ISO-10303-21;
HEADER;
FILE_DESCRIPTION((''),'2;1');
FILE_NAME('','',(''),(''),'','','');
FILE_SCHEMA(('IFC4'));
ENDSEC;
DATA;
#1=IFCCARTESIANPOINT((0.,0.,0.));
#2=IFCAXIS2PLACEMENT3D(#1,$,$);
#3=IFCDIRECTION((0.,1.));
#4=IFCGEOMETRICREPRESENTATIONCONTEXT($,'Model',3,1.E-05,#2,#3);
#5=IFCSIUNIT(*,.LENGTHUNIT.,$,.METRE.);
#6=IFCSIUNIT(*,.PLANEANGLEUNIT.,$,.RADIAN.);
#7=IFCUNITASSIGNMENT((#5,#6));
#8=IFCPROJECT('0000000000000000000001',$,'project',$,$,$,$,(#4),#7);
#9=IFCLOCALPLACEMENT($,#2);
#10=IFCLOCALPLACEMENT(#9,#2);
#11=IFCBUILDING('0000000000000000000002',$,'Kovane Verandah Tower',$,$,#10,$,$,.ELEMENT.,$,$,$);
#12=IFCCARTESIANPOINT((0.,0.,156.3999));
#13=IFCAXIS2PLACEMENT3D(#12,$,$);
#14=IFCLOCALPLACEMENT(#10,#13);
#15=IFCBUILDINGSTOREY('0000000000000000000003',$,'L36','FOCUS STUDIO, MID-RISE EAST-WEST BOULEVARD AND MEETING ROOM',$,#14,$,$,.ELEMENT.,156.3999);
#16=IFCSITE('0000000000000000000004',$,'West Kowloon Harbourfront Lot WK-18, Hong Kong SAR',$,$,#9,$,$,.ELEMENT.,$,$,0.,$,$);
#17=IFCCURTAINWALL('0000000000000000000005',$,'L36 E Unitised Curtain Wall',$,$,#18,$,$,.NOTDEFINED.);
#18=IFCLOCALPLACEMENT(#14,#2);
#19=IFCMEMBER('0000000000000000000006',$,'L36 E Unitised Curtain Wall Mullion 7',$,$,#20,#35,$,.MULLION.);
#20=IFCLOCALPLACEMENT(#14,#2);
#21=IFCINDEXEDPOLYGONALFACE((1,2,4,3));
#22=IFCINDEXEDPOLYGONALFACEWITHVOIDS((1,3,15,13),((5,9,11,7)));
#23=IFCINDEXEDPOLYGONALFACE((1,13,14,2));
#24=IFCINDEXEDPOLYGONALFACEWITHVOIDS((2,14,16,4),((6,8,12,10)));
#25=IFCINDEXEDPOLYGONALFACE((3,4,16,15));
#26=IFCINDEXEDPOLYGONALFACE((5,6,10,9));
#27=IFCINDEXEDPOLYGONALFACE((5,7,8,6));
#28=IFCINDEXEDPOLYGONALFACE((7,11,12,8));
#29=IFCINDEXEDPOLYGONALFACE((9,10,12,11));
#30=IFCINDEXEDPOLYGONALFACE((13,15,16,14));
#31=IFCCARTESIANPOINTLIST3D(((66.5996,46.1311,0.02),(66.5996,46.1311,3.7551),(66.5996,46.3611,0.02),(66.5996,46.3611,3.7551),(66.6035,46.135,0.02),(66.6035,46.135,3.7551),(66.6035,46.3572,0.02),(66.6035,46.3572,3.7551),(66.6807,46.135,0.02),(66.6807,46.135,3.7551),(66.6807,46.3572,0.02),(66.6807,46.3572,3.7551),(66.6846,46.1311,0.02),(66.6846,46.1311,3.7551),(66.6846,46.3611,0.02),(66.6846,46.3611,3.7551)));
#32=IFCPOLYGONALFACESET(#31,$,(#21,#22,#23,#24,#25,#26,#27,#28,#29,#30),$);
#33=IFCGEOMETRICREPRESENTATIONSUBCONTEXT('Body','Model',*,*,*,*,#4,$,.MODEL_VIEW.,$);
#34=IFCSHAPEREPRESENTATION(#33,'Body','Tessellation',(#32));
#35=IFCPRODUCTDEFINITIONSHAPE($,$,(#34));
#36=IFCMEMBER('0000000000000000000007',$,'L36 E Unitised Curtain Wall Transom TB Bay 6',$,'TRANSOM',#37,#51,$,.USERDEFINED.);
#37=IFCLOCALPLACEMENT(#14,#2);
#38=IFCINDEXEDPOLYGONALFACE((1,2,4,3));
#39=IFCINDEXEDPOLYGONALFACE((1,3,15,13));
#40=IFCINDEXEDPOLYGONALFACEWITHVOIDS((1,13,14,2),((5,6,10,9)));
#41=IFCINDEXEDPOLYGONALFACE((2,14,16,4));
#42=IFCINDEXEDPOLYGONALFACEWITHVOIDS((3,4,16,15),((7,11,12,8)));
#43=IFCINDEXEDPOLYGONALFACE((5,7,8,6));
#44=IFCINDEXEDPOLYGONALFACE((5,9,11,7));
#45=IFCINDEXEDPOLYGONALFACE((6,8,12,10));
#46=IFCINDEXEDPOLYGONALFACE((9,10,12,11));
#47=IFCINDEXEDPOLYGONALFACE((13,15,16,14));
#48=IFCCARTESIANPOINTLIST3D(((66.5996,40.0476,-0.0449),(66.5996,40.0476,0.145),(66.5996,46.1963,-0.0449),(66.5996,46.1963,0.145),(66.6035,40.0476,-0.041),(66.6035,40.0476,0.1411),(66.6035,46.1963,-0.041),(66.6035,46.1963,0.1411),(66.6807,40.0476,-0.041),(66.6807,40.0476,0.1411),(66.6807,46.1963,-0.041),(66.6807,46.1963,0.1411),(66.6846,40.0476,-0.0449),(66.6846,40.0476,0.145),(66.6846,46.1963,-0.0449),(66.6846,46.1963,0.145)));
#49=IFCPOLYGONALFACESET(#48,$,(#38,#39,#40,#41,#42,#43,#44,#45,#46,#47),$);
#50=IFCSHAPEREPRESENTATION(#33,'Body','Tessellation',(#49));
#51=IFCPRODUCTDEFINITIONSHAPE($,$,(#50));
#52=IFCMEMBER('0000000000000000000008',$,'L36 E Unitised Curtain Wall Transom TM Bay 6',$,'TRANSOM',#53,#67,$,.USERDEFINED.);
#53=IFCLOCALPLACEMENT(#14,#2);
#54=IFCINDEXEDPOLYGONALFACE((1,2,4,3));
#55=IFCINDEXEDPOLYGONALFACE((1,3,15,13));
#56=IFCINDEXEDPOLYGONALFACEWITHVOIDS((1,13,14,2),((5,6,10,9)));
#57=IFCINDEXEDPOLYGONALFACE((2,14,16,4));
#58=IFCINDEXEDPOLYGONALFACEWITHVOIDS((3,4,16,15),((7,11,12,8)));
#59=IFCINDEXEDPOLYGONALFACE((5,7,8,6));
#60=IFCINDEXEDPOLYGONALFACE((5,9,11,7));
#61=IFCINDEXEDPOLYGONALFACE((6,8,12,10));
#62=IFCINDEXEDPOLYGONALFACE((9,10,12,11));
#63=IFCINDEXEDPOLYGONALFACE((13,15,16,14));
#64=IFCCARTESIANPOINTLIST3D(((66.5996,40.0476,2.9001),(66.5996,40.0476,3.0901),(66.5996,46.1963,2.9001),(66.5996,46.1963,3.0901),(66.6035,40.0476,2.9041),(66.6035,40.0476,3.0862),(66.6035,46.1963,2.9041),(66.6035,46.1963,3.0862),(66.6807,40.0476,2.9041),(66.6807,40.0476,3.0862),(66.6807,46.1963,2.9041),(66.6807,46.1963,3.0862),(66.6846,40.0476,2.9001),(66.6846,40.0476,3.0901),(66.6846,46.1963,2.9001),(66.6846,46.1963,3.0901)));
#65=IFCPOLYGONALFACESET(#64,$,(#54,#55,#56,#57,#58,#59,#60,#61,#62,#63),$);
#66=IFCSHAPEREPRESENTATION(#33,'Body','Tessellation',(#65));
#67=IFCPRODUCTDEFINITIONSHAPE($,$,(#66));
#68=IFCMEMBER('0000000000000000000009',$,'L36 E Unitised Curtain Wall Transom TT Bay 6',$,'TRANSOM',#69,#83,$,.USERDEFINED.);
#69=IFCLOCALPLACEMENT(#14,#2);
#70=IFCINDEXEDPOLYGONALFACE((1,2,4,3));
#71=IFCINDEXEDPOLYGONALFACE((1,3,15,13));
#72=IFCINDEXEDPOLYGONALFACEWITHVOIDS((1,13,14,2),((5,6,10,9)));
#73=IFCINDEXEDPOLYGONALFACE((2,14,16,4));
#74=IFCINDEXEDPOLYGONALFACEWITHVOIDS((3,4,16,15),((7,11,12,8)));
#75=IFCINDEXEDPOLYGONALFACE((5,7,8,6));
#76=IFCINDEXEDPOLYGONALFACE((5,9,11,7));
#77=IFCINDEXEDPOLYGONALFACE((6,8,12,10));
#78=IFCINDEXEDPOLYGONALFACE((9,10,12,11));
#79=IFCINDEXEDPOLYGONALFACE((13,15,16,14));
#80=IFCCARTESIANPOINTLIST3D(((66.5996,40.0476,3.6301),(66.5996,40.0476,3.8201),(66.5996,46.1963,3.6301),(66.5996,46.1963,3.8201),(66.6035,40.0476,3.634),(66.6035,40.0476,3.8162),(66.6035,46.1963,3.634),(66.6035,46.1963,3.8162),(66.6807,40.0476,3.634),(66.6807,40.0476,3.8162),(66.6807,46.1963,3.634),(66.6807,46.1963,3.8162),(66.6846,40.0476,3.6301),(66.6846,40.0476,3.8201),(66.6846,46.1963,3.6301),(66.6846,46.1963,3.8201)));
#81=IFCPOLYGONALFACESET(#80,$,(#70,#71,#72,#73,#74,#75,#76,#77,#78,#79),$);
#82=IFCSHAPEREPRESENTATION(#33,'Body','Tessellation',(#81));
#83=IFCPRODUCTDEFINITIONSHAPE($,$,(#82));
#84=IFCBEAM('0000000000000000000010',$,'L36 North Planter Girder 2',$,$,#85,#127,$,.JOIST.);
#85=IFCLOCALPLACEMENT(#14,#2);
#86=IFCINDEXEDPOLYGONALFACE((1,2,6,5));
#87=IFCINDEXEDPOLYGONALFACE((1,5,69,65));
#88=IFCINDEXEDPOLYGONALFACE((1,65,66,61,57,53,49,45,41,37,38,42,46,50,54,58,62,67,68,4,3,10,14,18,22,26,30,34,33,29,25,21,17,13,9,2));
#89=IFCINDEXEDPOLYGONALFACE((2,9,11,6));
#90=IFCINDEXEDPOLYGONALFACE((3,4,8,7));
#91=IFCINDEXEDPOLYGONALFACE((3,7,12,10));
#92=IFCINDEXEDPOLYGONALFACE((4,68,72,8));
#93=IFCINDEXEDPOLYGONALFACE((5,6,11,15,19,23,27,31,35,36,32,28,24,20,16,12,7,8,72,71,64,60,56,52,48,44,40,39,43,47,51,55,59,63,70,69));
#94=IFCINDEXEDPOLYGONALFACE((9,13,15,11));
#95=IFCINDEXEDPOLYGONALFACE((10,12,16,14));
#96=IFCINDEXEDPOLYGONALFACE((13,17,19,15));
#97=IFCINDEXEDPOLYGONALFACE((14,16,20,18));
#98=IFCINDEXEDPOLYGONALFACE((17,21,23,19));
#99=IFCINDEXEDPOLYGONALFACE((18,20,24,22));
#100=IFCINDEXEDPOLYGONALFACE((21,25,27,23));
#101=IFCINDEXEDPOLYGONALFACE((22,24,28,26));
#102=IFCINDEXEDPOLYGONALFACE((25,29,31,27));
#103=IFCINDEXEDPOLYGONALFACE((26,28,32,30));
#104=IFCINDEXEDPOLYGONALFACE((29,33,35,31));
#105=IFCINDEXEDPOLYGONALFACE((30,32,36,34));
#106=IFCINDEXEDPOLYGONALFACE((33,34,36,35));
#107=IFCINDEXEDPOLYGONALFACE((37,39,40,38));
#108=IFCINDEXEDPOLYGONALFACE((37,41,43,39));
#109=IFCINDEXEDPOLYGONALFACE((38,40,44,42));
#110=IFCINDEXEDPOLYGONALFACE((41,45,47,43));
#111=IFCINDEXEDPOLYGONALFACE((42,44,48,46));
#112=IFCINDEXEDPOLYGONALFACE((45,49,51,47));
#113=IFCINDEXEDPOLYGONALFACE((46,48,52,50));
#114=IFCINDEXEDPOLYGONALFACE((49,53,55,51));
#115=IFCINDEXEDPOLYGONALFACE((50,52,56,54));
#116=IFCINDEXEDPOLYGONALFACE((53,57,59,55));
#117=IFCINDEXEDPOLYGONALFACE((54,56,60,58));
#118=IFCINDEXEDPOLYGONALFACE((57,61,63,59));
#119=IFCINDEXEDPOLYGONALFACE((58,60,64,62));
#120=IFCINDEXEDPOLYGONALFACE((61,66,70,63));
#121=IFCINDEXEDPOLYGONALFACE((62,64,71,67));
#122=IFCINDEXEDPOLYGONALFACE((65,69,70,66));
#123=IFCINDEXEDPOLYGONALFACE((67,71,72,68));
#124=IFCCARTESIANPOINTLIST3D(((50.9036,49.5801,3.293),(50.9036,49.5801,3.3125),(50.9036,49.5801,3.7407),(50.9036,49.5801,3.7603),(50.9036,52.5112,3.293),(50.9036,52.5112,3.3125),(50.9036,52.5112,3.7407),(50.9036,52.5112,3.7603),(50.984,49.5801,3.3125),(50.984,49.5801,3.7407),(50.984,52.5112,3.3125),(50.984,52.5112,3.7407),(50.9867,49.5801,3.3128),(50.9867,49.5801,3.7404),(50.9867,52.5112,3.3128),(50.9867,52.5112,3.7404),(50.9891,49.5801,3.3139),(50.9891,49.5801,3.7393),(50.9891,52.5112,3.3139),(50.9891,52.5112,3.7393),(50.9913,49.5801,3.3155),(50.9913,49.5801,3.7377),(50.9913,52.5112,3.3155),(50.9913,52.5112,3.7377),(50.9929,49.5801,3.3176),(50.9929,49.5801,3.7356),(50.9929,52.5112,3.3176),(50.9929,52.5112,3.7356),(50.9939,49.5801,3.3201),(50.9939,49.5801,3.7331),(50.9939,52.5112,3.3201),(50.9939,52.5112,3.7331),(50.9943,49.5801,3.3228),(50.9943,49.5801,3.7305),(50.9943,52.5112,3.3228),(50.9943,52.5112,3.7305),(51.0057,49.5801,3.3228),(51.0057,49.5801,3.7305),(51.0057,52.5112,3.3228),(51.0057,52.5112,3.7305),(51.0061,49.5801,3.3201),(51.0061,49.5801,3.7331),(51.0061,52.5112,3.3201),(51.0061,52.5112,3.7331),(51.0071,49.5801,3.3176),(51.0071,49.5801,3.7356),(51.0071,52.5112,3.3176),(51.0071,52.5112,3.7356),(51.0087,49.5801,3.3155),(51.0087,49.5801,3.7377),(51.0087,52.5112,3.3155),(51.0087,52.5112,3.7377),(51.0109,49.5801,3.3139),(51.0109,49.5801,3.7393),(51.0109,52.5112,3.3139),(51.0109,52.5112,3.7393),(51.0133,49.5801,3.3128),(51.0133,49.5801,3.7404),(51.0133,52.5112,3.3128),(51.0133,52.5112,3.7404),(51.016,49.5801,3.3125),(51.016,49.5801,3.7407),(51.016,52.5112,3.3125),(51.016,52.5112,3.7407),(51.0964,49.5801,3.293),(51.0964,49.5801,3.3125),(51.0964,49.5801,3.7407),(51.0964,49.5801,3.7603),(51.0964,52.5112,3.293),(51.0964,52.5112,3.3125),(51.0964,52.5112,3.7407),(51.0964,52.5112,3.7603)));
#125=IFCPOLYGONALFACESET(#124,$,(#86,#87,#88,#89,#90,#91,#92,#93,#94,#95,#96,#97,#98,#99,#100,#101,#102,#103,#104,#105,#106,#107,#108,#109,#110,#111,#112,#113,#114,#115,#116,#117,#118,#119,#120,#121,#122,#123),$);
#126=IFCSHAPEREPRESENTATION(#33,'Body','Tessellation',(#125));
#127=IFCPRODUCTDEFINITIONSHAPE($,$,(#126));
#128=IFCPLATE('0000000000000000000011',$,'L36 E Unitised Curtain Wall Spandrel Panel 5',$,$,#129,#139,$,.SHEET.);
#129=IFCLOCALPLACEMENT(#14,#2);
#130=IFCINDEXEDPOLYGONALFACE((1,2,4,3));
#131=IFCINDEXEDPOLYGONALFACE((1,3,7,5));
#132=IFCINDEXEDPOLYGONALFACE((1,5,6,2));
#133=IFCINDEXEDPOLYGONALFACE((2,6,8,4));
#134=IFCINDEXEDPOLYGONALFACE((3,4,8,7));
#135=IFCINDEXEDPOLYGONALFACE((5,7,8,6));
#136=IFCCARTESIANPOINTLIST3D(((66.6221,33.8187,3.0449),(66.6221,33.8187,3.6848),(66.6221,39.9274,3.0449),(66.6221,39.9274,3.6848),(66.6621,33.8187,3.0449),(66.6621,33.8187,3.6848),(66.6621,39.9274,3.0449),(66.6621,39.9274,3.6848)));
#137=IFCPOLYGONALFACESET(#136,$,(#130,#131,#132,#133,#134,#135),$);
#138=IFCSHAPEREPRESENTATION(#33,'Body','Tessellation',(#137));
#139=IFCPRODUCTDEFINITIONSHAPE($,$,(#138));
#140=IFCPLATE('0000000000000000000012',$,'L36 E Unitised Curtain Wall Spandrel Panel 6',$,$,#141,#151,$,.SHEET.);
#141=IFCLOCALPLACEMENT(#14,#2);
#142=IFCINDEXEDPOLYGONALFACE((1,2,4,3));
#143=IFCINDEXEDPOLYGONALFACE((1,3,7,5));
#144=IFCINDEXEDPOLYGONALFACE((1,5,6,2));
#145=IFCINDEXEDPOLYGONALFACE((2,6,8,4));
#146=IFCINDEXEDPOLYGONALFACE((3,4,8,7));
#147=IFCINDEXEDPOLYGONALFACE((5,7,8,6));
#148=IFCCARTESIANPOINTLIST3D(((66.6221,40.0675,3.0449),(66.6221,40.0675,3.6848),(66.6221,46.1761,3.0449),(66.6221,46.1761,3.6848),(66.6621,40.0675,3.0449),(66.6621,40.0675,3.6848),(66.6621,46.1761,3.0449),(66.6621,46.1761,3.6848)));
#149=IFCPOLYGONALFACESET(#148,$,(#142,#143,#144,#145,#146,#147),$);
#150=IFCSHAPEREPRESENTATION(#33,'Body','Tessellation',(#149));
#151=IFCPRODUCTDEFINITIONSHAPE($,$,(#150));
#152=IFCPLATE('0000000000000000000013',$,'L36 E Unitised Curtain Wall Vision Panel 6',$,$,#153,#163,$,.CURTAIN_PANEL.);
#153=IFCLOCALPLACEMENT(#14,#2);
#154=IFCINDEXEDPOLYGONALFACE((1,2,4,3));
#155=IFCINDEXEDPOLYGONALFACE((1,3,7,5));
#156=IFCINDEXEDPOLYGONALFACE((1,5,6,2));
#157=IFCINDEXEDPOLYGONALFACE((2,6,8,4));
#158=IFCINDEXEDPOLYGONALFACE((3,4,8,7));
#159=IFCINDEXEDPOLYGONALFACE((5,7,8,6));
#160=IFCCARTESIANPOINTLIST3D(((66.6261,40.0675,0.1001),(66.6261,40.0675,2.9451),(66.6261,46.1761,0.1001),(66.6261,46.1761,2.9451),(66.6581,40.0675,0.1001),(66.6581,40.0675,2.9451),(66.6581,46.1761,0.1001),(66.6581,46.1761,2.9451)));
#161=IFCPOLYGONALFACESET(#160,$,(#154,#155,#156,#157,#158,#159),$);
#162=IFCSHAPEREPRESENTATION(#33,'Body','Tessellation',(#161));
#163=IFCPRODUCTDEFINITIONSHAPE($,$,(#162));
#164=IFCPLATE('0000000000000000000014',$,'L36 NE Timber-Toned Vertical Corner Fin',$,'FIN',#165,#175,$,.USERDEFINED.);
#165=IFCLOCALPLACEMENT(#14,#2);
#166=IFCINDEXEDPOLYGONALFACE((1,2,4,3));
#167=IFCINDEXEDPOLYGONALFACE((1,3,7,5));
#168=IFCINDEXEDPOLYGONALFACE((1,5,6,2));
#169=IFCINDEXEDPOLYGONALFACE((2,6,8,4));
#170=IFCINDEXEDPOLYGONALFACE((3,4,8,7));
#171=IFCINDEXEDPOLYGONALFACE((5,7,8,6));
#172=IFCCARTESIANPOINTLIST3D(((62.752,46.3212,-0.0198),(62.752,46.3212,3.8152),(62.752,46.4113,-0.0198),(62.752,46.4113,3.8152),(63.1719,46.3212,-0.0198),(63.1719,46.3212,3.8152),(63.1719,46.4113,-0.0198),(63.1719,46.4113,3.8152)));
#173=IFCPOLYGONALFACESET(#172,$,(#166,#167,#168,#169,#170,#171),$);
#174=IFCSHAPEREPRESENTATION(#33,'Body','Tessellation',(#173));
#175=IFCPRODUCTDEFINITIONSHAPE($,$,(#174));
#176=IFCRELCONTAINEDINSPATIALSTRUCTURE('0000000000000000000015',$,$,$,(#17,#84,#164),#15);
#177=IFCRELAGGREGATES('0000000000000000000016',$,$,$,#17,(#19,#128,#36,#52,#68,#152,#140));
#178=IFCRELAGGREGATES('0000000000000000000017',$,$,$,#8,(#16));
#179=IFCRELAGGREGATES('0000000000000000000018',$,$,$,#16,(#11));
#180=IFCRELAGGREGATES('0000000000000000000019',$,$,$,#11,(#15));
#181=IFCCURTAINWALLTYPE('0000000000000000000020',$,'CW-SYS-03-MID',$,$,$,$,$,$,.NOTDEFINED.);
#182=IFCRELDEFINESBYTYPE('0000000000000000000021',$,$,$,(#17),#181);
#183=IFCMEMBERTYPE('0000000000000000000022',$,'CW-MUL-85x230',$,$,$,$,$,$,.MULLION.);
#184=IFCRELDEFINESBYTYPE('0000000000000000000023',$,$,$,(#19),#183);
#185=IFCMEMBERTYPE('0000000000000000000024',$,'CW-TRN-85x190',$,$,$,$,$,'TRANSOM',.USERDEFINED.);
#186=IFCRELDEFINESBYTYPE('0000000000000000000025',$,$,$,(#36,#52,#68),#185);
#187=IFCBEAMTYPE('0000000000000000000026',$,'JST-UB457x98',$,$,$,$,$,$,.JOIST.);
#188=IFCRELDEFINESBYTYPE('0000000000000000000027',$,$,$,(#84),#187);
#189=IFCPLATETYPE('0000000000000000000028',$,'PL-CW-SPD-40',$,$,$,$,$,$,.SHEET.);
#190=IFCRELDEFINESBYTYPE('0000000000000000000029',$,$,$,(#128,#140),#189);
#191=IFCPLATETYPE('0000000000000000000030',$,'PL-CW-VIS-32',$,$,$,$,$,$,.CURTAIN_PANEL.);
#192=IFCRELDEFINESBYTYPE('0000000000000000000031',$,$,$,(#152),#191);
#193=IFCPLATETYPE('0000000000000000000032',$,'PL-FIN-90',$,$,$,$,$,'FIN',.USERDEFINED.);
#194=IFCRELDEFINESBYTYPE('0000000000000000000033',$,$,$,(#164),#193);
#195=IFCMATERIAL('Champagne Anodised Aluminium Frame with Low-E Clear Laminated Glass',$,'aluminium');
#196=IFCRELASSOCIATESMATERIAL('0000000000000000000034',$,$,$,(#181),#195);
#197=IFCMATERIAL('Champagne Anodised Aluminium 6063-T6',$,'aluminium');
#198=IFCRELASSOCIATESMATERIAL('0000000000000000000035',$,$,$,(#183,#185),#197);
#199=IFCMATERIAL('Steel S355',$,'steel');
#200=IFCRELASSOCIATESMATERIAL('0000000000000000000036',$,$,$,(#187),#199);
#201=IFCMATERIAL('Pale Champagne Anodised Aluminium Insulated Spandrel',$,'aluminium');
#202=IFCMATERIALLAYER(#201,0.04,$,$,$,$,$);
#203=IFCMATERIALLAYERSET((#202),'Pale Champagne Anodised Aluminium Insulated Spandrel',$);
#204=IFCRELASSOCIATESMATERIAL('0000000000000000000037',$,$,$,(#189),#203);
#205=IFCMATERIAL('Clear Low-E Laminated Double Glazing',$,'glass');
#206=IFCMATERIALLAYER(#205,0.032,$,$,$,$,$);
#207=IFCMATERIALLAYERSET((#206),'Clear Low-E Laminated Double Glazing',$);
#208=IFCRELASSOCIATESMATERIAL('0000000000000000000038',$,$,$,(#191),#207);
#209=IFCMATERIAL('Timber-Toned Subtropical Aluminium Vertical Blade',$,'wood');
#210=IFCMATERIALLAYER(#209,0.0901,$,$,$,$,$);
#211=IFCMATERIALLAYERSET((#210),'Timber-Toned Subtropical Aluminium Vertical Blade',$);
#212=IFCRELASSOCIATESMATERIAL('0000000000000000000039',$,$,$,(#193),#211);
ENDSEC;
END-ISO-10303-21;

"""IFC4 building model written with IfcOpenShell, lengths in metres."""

from ifc_helpers import new_model, si_unit, direction, frame, origin, origin_2d, place, context, subcontext, project, spatial, rectangle, hollow_rectangle, i_section, extrude, material, layer, layer_set, material_profile, profile_set, type_object, element, aggregate, save


model = new_model("IFC4")

# Units and contexts
model_context = context("Model", 3, precision=1e-05, world=origin(), true_north=direction((0.0, 1.0)))
body_context = subcontext(model_context, "Body", "Model", "MODEL_VIEW")
ifc_project = project(units=[si_unit("LENGTHUNIT", "METRE"), si_unit("PLANEANGLEUNIT", "RADIAN")], contexts=[model_context])

# Site, building, storey
site_placement = place(None, origin())
site = spatial("IfcSite", under=ifc_project, at=site_placement, Name="West Kowloon Harbourfront Lot WK-18, Hong Kong SAR", CompositionType="ELEMENT", RefElevation=0.0)
building_placement = place(site_placement, origin())
building = spatial("IfcBuilding", under=site, at=building_placement, Name="Kovane Verandah Tower", CompositionType="ELEMENT")
storey_placement = place(building_placement, frame((0.0, 0.0, 156.3999)))
storey = spatial("IfcBuildingStorey", under=building, at=storey_placement, Name="L36", Description="FOCUS STUDIO, MID-RISE EAST-WEST BOULEVARD AND MEETING ROOM", CompositionType="ELEMENT", Elevation=156.3999)

# Shared definitions
ifc_material_1 = material(Name="Steel S355", Category="steel")

# Curtain wall, members
ifc_material_2 = material(Name="Champagne Anodised Aluminium Frame with Low-E Clear Laminated Glass", Category="aluminium")
curtain_wall_type = type_object("IfcCurtainWallType", Name="CW-SYS-03-MID", PredefinedType="NOTDEFINED", material=ifc_material_2)
curtain_wall_placement = place(storey_placement, origin())
curtain_wall = element("IfcCurtainWall", 1, at=curtain_wall_placement, inside=storey, type_object=curtain_wall_type, Name="L36 E Unitised Curtain Wall", PredefinedType="NOTDEFINED")
ifc_material_3 = material(Name="Champagne Anodised Aluminium 6063-T6", Category="aluminium")
ifc_material_profile_1 = material_profile(ifc_material_3, hollow_rectangle(XDim=0.085, YDim=0.23, WallThickness=0.0039, at=origin_2d()), Name="AL85x230x4")
ifc_profile_set_1 = profile_set([ifc_material_profile_1], Name="Champagne Anodised Aluminium 6063-T6")
member_type_1 = type_object("IfcMemberType", Name="CW-MUL-85x230", PredefinedType="MULLION", material=ifc_profile_set_1)
member_1_placement = place(storey_placement, frame((66.6421, 46.2461, 0.02), z_axis=(0.0, 0.0, 1.0), x_axis=(1.0, 0.0, 0.0)))
member_1 = element("IfcMember", 2, at=member_1_placement, type_object=member_type_1, Name="L36 E Unitised Curtain Wall Mullion 7", PredefinedType="MULLION", context=body_context, shape_type="SweptSolid", body=[
    extrude(hollow_rectangle(XDim=0.085, YDim=0.23, WallThickness=0.0039, at=origin_2d()), origin(), (0.0, 0.0, 1.0), 3.7351),
])
ifc_material_profile_2 = material_profile(ifc_material_3, hollow_rectangle(XDim=0.085, YDim=0.1899, WallThickness=0.0039, at=origin_2d()), Name="AL85x190x4")
ifc_profile_set_2 = profile_set([ifc_material_profile_2], Name="Champagne Anodised Aluminium 6063-T6")
member_type_2 = type_object("IfcMemberType", Name="CW-TRN-85x190", ElementType="TRANSOM", PredefinedType="USERDEFINED", material=ifc_profile_set_2)
member_2_placement = place(storey_placement, frame((66.6421, 40.0476, 0.05), z_axis=(0.0, 1.0, 0.0), x_axis=(-1.0, 0.0, 0.0)))
member_2 = element("IfcMember", 3, at=member_2_placement, type_object=member_type_2, Name="L36 E Unitised Curtain Wall Transom TB Bay 6", ObjectType="TRANSOM", PredefinedType="USERDEFINED", context=body_context, shape_type="SweptSolid", body=[
    extrude(hollow_rectangle(XDim=0.085, YDim=0.1899, WallThickness=0.0039, at=origin_2d()), origin(), (0.0, 0.0, 1.0), 6.1487),
])
member_3_placement = place(storey_placement, frame((66.6421, 40.0476, 2.9951), z_axis=(0.0, 1.0, 0.0), x_axis=(-1.0, 0.0, 0.0)))
member_3 = element("IfcMember", 4, at=member_3_placement, type_object=member_type_2, Name="L36 E Unitised Curtain Wall Transom TM Bay 6", ObjectType="TRANSOM", PredefinedType="USERDEFINED", context=body_context, shape_type="SweptSolid", body=[
    extrude(hollow_rectangle(XDim=0.085, YDim=0.1899, WallThickness=0.0039, at=origin_2d()), origin(), (0.0, 0.0, 1.0), 6.1487),
])
member_4_placement = place(storey_placement, frame((66.6421, 40.0476, 3.7251), z_axis=(0.0, 1.0, 0.0), x_axis=(-1.0, 0.0, 0.0)))
member_4 = element("IfcMember", 5, at=member_4_placement, type_object=member_type_2, Name="L36 E Unitised Curtain Wall Transom TT Bay 6", ObjectType="TRANSOM", PredefinedType="USERDEFINED", context=body_context, shape_type="SweptSolid", body=[
    extrude(hollow_rectangle(XDim=0.085, YDim=0.1899, WallThickness=0.0039, at=origin_2d()), origin(), (0.0, 0.0, 1.0), 6.1487),
])

# Beam
ifc_material_profile_3 = material_profile(ifc_material_1, i_section(OverallWidth=0.1929, OverallDepth=0.4673, WebThickness=0.0115, FlangeThickness=0.0195, FilletRadius=0.0103, at=origin_2d()), Name="UB457x191x98")
ifc_profile_set_3 = profile_set([ifc_material_profile_3], Name="Steel S355")
beam_type_1 = type_object("IfcBeamType", Name="JST-UB457x98", PredefinedType="JOIST", material=ifc_profile_set_3)
beam_1_placement = place(storey_placement, frame((51.0, 49.5801, 3.5266), z_axis=(0.0, 1.0, 0.0), x_axis=(-1.0, 0.0, 0.0)))
element("IfcBeam", 6, at=beam_1_placement, inside=storey, type_object=beam_type_1, Name="L36 North Planter Girder 2", PredefinedType="JOIST", context=body_context, shape_type="SweptSolid", body=[
    extrude(i_section(OverallWidth=0.1929, OverallDepth=0.4673, WebThickness=0.0115, FlangeThickness=0.0195, FilletRadius=0.0103, at=origin_2d()), origin(), (0.0, 0.0, 1.0), 2.9312),
])

# Plates
ifc_material_4 = material(Name="Pale Champagne Anodised Aluminium Insulated Spandrel", Category="aluminium")
ifc_layer_1 = layer(ifc_material_4, 0.04)
ifc_layer_set_1 = layer_set([ifc_layer_1], Name="Pale Champagne Anodised Aluminium Insulated Spandrel")
plate_type_1 = type_object("IfcPlateType", Name="PL-CW-SPD-40", PredefinedType="SHEET", material=ifc_layer_set_1)
plate_1_placement = place(storey_placement, frame((66.6421, 36.873, 3.0449), z_axis=(0.0, 0.0, 1.0), x_axis=(0.0, 1.0, 0.0)))
plate_1 = element("IfcPlate", 7, at=plate_1_placement, type_object=plate_type_1, Name="L36 E Unitised Curtain Wall Spandrel Panel 5", PredefinedType="SHEET", context=body_context, shape_type="SweptSolid", body=[
    extrude(rectangle(XDim=6.1086, YDim=0.04, at=origin_2d()), origin(), (0.0, 0.0, 1.0), 0.6399),
])
plate_2_placement = place(storey_placement, frame((66.6421, 43.1218, 3.0449), z_axis=(0.0, 0.0, 1.0), x_axis=(0.0, 1.0, 0.0)))
plate_2 = element("IfcPlate", 8, at=plate_2_placement, type_object=plate_type_1, Name="L36 E Unitised Curtain Wall Spandrel Panel 6", PredefinedType="SHEET", context=body_context, shape_type="SweptSolid", body=[
    extrude(rectangle(XDim=6.1086, YDim=0.04, at=origin_2d()), origin(), (0.0, 0.0, 1.0), 0.6399),
])
ifc_material_5 = material(Name="Clear Low-E Laminated Double Glazing", Category="glass")
ifc_layer_2 = layer(ifc_material_5, 0.032)
ifc_layer_set_2 = layer_set([ifc_layer_2], Name="Clear Low-E Laminated Double Glazing")
plate_type_2 = type_object("IfcPlateType", Name="PL-CW-VIS-32", PredefinedType="CURTAIN_PANEL", material=ifc_layer_set_2)
plate_3_placement = place(storey_placement, frame((66.6421, 43.1218, 0.1001), z_axis=(0.0, 0.0, 1.0), x_axis=(0.0, 1.0, 0.0)))
plate_3 = element("IfcPlate", 9, at=plate_3_placement, type_object=plate_type_2, Name="L36 E Unitised Curtain Wall Vision Panel 6", PredefinedType="CURTAIN_PANEL", context=body_context, shape_type="SweptSolid", body=[
    extrude(rectangle(XDim=6.1086, YDim=0.032, at=origin_2d()), origin(), (0.0, 0.0, 1.0), 2.845),
])
aggregate(curtain_wall, [member_1, plate_1, member_2, member_3, member_4, plate_3, plate_2])
ifc_material_6 = material(Name="Timber-Toned Subtropical Aluminium Vertical Blade", Category="wood")
ifc_layer_3 = layer(ifc_material_6, 0.0901)
ifc_layer_set_3 = layer_set([ifc_layer_3], Name="Timber-Toned Subtropical Aluminium Vertical Blade")
plate_type_3 = type_object("IfcPlateType", Name="PL-FIN-90", ElementType="FIN", PredefinedType="USERDEFINED", material=ifc_layer_set_3)
plate_4_placement = place(storey_placement, frame((62.9619, 46.3662, -0.0198), z_axis=(0.0, 0.0, 1.0), x_axis=(1.0, 0.0, 0.0)))
element("IfcPlate", 10, at=plate_4_placement, inside=storey, type_object=plate_type_3, Name="L36 NE Timber-Toned Vertical Corner Fin", ObjectType="FIN", PredefinedType="USERDEFINED", context=body_context, shape_type="SweptSolid", body=[
    extrude(rectangle(XDim=0.4199, YDim=0.0901, at=origin_2d()), origin(), (0.0, 0.0, 1.0), 3.835),
])

save(model, "model.ifc")
